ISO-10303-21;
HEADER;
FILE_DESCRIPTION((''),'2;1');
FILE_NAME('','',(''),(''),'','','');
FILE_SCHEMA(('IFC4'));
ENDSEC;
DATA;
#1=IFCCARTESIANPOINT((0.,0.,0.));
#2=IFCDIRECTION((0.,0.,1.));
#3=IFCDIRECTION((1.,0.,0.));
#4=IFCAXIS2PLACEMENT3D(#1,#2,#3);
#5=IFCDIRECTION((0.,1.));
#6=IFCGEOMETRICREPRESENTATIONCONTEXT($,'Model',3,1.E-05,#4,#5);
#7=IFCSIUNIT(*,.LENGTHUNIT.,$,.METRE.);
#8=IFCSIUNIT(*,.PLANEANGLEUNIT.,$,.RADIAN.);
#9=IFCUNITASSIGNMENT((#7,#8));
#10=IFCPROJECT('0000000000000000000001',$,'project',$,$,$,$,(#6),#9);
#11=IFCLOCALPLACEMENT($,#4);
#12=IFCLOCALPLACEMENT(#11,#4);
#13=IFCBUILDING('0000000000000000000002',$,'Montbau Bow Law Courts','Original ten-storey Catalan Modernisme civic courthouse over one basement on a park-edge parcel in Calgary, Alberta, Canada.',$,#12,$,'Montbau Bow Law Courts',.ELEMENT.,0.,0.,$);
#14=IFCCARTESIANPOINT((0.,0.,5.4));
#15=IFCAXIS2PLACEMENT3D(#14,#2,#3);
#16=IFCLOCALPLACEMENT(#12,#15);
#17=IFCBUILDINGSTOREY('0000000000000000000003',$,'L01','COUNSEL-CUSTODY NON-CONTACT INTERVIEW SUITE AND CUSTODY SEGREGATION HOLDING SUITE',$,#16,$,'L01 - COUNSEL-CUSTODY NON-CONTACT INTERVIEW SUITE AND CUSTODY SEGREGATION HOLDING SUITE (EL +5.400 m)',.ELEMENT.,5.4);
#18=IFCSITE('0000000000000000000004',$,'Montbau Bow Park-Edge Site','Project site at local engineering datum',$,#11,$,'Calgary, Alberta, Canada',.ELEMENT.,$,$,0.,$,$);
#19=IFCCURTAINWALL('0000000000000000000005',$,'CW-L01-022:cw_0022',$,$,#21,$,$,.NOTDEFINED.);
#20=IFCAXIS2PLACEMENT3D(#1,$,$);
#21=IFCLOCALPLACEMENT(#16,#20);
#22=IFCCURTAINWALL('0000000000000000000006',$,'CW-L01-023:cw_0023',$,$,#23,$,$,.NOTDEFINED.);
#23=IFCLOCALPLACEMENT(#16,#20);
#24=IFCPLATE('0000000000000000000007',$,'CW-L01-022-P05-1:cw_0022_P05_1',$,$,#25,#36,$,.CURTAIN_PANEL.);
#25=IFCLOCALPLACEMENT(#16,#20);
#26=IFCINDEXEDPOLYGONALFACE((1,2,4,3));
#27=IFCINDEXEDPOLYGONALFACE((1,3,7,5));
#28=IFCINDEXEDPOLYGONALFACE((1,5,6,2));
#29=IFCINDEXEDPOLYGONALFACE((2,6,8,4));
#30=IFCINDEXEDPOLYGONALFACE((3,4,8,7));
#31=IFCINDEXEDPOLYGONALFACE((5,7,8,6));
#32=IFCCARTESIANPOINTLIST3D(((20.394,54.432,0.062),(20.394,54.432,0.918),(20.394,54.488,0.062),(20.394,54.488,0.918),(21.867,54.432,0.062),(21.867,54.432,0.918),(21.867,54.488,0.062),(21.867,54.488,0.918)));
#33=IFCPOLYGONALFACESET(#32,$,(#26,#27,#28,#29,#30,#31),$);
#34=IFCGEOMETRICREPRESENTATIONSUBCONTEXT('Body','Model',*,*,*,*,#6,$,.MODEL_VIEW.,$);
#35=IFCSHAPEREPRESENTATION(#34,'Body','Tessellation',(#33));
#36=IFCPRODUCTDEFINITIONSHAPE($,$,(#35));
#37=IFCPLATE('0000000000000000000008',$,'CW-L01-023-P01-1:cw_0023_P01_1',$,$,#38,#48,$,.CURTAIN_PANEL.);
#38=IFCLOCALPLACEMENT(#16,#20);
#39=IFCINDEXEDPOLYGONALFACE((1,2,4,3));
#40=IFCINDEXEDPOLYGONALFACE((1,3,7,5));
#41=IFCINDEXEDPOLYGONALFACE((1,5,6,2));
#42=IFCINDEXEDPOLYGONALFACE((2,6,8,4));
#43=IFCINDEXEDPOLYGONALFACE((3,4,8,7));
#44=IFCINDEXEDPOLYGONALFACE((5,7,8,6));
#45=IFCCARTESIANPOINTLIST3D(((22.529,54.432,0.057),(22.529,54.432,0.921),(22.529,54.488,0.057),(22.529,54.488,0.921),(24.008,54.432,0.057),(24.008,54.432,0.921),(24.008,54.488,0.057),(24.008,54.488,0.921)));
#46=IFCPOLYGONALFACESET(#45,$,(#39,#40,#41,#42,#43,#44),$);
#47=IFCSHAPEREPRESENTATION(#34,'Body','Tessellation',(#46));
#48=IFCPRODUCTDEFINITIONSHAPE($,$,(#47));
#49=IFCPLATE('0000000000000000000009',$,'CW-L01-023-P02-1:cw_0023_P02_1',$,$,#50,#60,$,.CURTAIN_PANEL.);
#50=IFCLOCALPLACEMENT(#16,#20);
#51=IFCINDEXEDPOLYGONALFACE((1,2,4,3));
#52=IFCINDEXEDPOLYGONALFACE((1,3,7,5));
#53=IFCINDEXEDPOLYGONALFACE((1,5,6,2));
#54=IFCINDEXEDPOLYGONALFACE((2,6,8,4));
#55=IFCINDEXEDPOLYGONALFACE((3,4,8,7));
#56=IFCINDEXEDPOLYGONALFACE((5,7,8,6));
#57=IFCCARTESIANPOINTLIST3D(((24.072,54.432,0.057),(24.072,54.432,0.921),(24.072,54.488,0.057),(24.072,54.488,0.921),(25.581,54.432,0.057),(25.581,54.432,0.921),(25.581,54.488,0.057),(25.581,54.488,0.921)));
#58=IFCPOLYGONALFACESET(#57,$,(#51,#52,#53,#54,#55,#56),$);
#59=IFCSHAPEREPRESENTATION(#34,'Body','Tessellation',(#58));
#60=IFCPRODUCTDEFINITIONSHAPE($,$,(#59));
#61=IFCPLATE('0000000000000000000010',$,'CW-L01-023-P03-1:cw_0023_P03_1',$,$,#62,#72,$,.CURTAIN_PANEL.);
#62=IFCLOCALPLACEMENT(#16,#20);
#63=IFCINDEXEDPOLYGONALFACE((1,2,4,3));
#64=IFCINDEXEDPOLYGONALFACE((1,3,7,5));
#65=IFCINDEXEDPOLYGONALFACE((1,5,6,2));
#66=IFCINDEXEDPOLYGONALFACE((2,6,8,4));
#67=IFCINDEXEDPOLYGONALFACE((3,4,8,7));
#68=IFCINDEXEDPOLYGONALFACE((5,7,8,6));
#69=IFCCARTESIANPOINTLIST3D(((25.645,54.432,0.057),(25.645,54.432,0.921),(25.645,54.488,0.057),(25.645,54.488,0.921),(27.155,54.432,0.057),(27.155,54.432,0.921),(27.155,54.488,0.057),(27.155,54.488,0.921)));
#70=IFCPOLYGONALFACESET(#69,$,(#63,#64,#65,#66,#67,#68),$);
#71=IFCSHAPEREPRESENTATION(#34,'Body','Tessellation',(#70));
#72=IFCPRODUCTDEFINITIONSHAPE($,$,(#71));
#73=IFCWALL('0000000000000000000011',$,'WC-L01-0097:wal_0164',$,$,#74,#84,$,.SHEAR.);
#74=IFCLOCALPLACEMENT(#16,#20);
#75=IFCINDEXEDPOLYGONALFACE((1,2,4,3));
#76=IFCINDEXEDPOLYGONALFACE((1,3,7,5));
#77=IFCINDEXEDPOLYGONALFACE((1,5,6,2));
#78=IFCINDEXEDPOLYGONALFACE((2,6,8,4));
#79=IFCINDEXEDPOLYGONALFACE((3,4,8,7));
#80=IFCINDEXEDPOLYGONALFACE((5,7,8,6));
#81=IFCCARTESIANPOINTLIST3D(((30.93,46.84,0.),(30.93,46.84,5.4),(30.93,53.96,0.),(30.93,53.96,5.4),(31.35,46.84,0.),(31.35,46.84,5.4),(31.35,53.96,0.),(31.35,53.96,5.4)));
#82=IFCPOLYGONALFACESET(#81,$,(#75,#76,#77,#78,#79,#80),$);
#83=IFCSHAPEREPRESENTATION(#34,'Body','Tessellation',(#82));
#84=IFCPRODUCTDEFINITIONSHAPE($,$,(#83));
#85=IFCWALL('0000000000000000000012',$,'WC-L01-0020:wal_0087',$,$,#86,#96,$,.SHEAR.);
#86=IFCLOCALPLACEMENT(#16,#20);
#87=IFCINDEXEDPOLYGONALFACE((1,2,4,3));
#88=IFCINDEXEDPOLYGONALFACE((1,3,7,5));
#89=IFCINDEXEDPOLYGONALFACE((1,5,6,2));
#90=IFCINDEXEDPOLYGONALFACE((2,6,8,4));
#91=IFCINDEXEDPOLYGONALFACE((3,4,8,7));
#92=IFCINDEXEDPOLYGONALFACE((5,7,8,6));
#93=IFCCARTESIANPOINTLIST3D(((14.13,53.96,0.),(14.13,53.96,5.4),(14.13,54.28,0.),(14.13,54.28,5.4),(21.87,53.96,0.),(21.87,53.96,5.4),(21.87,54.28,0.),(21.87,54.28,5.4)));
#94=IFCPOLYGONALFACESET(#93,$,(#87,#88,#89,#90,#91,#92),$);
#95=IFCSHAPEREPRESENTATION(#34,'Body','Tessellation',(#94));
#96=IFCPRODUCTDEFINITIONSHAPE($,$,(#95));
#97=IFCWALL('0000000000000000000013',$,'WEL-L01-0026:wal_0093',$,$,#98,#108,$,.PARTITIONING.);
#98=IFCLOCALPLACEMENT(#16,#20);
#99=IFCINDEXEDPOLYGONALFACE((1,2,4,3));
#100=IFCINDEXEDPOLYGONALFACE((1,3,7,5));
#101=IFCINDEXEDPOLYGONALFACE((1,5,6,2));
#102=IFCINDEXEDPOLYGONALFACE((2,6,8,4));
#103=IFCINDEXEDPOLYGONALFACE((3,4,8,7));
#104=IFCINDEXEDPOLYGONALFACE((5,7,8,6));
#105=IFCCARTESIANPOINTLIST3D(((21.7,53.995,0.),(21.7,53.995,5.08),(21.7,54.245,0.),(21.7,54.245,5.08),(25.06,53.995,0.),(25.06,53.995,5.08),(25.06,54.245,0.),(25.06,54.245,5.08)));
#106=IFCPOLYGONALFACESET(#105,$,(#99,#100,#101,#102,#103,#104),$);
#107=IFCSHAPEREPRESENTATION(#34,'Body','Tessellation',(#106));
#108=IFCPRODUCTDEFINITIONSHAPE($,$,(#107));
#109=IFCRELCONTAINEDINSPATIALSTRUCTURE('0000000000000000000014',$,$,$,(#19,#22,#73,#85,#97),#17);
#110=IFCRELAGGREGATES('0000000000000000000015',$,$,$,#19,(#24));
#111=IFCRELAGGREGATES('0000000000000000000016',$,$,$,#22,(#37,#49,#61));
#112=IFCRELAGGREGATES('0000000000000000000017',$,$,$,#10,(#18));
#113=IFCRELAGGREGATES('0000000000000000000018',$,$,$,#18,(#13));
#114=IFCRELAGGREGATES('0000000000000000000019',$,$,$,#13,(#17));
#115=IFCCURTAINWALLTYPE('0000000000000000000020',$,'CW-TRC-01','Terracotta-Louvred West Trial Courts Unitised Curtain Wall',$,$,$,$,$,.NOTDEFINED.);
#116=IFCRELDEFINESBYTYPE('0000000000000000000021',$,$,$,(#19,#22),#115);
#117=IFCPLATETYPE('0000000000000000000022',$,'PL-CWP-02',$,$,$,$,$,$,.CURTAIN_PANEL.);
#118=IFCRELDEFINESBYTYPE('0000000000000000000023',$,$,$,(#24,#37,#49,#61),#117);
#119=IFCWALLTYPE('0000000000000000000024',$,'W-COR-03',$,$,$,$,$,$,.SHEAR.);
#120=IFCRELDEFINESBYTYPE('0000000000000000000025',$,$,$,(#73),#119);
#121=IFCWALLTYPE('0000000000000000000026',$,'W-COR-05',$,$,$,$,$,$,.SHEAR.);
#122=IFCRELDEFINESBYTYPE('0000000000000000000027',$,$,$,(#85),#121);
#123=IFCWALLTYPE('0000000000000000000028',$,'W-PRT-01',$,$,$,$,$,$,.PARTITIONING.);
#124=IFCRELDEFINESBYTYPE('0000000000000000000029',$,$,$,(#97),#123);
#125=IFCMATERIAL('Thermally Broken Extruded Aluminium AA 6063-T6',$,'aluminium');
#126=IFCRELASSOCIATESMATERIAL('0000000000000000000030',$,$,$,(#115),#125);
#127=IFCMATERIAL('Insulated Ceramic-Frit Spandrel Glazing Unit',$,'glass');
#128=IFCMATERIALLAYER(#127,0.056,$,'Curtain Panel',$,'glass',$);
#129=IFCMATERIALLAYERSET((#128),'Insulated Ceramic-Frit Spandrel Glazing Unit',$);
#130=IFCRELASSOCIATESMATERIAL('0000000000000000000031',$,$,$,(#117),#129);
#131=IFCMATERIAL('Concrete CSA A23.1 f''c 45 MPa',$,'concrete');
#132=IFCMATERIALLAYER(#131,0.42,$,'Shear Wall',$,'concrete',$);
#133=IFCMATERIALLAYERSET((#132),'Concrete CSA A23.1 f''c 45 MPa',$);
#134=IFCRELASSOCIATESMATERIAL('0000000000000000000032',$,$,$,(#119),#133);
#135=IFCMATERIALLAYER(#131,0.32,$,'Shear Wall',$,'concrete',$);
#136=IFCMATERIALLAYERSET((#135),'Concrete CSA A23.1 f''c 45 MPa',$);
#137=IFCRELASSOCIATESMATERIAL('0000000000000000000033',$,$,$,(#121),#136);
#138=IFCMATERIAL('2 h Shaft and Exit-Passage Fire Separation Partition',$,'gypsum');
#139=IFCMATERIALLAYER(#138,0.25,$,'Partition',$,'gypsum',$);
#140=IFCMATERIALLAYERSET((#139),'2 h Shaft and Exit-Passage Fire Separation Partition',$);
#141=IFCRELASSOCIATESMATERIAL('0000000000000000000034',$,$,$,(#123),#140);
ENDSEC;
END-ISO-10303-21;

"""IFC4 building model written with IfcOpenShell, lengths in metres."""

from ifc_helpers import new_model, si_unit, direction, frame, frame_2d, origin_with_axes, place, context, subcontext, project, spatial, rectangle, extrude, material, layer, layer_set, type_object, element, aggregate, save


model = new_model("IFC4")

# Units and contexts
model_context = context("Model", 3, precision=1e-05, world=origin_with_axes(), true_north=direction((0.0, 1.0)))
body_context = subcontext(model_context, "Body", "Model", "MODEL_VIEW")
ifc_project = project(units=[si_unit("LENGTHUNIT", "METRE"), si_unit("PLANEANGLEUNIT", "RADIAN")], contexts=[model_context])

# Site, building, storey
site_placement = place(None, origin_with_axes())
site = spatial("IfcSite", under=ifc_project, at=site_placement, Name="Montbau Bow Park-Edge Site", Description="Project site at local engineering datum", LongName="Calgary, Alberta, Canada", CompositionType="ELEMENT", RefElevation=0.0)
building_placement = place(site_placement, origin_with_axes())
building = spatial("IfcBuilding", under=site, at=building_placement, Name="Montbau Bow Law Courts", Description="Original ten-storey Catalan Modernisme civic courthouse over one basement on a park-edge parcel in Calgary, Alberta, Canada.", LongName="Montbau Bow Law Courts", CompositionType="ELEMENT", ElevationOfRefHeight=0.0, ElevationOfTerrain=0.0)
storey_placement = place(building_placement, frame((0.0, 0.0, 5.4), z_axis=(0.0, 0.0, 1.0), x_axis=(1.0, 0.0, 0.0)))
storey = spatial("IfcBuildingStorey", under=building, at=storey_placement, Name="L01", Description="COUNSEL-CUSTODY NON-CONTACT INTERVIEW SUITE AND CUSTODY SEGREGATION HOLDING SUITE", LongName="L01 - COUNSEL-CUSTODY NON-CONTACT INTERVIEW SUITE AND CUSTODY SEGREGATION HOLDING SUITE (EL +5.400 m)", CompositionType="ELEMENT", Elevation=5.4)

# Curtain walls
ifc_material_1 = material(Name="Thermally Broken Extruded Aluminium AA 6063-T6", Category="aluminium")
curtain_wall_type = type_object("IfcCurtainWallType", Name="CW-TRC-01", Description="Terracotta-Louvred West Trial Courts Unitised Curtain Wall", PredefinedType="NOTDEFINED", material=ifc_material_1)
curtain_wall_1_placement = place(None, frame((14.068, 54.46, 5.4), z_axis=(0.0, 0.0, 1.0), x_axis=(1.0, 0.0, 0.0)))
curtain_wall_1 = element("IfcCurtainWall", 1, at=curtain_wall_1_placement, inside=storey, type_object=curtain_wall_type, Name="CW-L01-022:cw_0022", PredefinedType="NOTDEFINED")
curtain_wall_2_placement = place(None, frame((22.467, 54.46, 5.4), z_axis=(0.0, 0.0, 1.0), x_axis=(1.0, 0.0, 0.0)))
curtain_wall_2 = element("IfcCurtainWall", 2, at=curtain_wall_2_placement, inside=storey, type_object=curtain_wall_type, Name="CW-L01-023:cw_0023", PredefinedType="NOTDEFINED")

# Plates
ifc_material_2 = material(Name="Insulated Ceramic-Frit Spandrel Glazing Unit", Category="glass")
ifc_layer_1 = layer(ifc_material_2, 0.056, Name="Curtain Panel", Category="glass")
ifc_layer_set_1 = layer_set([ifc_layer_1], Name="Insulated Ceramic-Frit Spandrel Glazing Unit")
plate_type_1 = type_object("IfcPlateType", Name="PL-CWP-02", PredefinedType="CURTAIN_PANEL", material=ifc_layer_set_1)
plate_1_placement = place(None, frame((20.394, 54.46, 5.462), z_axis=(0.0, -1.0, 0.0), x_axis=(1.0, 0.0, 0.0)))
plate_1 = element("IfcPlate", 3, at=plate_1_placement, type_object=plate_type_1, Name="CW-L01-022-P05-1:cw_0022_P05_1", PredefinedType="CURTAIN_PANEL", context=body_context, shape_type="SweptSolid", body=[
    extrude(rectangle(XDim=1.473, YDim=0.856, at=frame_2d((0.7365, 0.428), x_axis=(1.0, 0.0))), frame((0.0, 0.0, -0.028), z_axis=(0.0, 0.0, 1.0), x_axis=(1.0, 0.0, 0.0)), (0.0, 0.0, 1.0), 0.056),
])
aggregate(curtain_wall_1, [plate_1])
plate_2_placement = place(None, frame((22.529, 54.46, 5.457), z_axis=(0.0, -1.0, 0.0), x_axis=(1.0, 0.0, 0.0)))
plate_2 = element("IfcPlate", 4, at=plate_2_placement, type_object=plate_type_1, Name="CW-L01-023-P01-1:cw_0023_P01_1", PredefinedType="CURTAIN_PANEL", context=body_context, shape_type="SweptSolid", body=[
    extrude(rectangle(XDim=1.479, YDim=0.864, at=frame_2d((0.7395, 0.432), x_axis=(1.0, 0.0))), frame((0.0, 0.0, -0.028), z_axis=(0.0, 0.0, 1.0), x_axis=(1.0, 0.0, 0.0)), (0.0, 0.0, 1.0), 0.056),
])
plate_3_placement = place(None, frame((24.072, 54.46, 5.457), z_axis=(0.0, -1.0, 0.0), x_axis=(1.0, 0.0, 0.0)))
plate_3 = element("IfcPlate", 5, at=plate_3_placement, type_object=plate_type_1, Name="CW-L01-023-P02-1:cw_0023_P02_1", PredefinedType="CURTAIN_PANEL", context=body_context, shape_type="SweptSolid", body=[
    extrude(rectangle(XDim=1.509, YDim=0.864, at=frame_2d((0.7545, 0.432), x_axis=(1.0, 0.0))), frame((0.0, 0.0, -0.028), z_axis=(0.0, 0.0, 1.0), x_axis=(1.0, 0.0, 0.0)), (0.0, 0.0, 1.0), 0.056),
])
plate_4_placement = place(None, frame((25.645, 54.46, 5.457), z_axis=(0.0, -1.0, 0.0), x_axis=(1.0, 0.0, 0.0)))
plate_4 = element("IfcPlate", 6, at=plate_4_placement, type_object=plate_type_1, Name="CW-L01-023-P03-1:cw_0023_P03_1", PredefinedType="CURTAIN_PANEL", context=body_context, shape_type="SweptSolid", body=[
    extrude(rectangle(XDim=1.51, YDim=0.864, at=frame_2d((0.755, 0.432), x_axis=(1.0, 0.0))), frame((0.0, 0.0, -0.028), z_axis=(0.0, 0.0, 1.0), x_axis=(1.0, 0.0, 0.0)), (0.0, 0.0, 1.0), 0.056),
])
aggregate(curtain_wall_2, [plate_2, plate_3, plate_4])

# Walls
ifc_material_3 = material(Name="Concrete CSA A23.1 f'c 45 MPa", Category="concrete")
ifc_layer_2 = layer(ifc_material_3, 0.42, Name="Shear Wall", Category="concrete")
ifc_layer_set_2 = layer_set([ifc_layer_2], Name="Concrete CSA A23.1 f'c 45 MPa")
wall_type_1 = type_object("IfcWallType", Name="W-COR-03", PredefinedType="SHEAR", material=ifc_layer_set_2)
wall_1_placement = place(None, frame((31.14, 53.96, 5.4), z_axis=(0.0, 0.0, 1.0), x_axis=(0.0, -1.0, 0.0)))
element("IfcWall", 7, at=wall_1_placement, inside=storey, type_object=wall_type_1, Name="WC-L01-0097:wal_0164", PredefinedType="SHEAR", context=body_context, shape_type="SweptSolid", body=[
    extrude(rectangle(XDim=7.12, YDim=0.42, at=frame_2d((3.56, 0.0), x_axis=(1.0, 0.0))), origin_with_axes(), (0.0, 0.0, 1.0), 5.4),
])
ifc_layer_3 = layer(ifc_material_3, 0.32, Name="Shear Wall", Category="concrete")
ifc_layer_set_3 = layer_set([ifc_layer_3], Name="Concrete CSA A23.1 f'c 45 MPa")
wall_type_2 = type_object("IfcWallType", Name="W-COR-05", PredefinedType="SHEAR", material=ifc_layer_set_3)
wall_2_placement = place(None, frame((21.87, 54.12, 5.4), z_axis=(0.0, 0.0, 1.0), x_axis=(-1.0, 0.0, 0.0)))
element("IfcWall", 8, at=wall_2_placement, inside=storey, type_object=wall_type_2, Name="WC-L01-0020:wal_0087", PredefinedType="SHEAR", context=body_context, shape_type="SweptSolid", body=[
    extrude(rectangle(XDim=7.74, YDim=0.32, at=frame_2d((3.87, 0.0), x_axis=(1.0, 0.0))), origin_with_axes(), (0.0, 0.0, 1.0), 5.4),
])
ifc_material_4 = material(Name="2 h Shaft and Exit-Passage Fire Separation Partition", Category="gypsum")
ifc_layer_4 = layer(ifc_material_4, 0.25, Name="Partition", Category="gypsum")
ifc_layer_set_4 = layer_set([ifc_layer_4], Name="2 h Shaft and Exit-Passage Fire Separation Partition")
wall_type_3 = type_object("IfcWallType", Name="W-PRT-01", PredefinedType="PARTITIONING", material=ifc_layer_set_4)
wall_3_placement = place(None, frame((21.7, 54.12, 5.4), z_axis=(0.0, 0.0, 1.0), x_axis=(1.0, 0.0, 0.0)))
element("IfcWall", 9, at=wall_3_placement, inside=storey, type_object=wall_type_3, Name="WEL-L01-0026:wal_0093", PredefinedType="PARTITIONING", context=body_context, shape_type="SweptSolid", body=[
    extrude(rectangle(XDim=3.36, YDim=0.25, at=frame_2d((1.68, 0.0), x_axis=(1.0, 0.0))), origin_with_axes(), (0.0, 0.0, 1.0), 5.08),
])

save(model, "model.ifc")
